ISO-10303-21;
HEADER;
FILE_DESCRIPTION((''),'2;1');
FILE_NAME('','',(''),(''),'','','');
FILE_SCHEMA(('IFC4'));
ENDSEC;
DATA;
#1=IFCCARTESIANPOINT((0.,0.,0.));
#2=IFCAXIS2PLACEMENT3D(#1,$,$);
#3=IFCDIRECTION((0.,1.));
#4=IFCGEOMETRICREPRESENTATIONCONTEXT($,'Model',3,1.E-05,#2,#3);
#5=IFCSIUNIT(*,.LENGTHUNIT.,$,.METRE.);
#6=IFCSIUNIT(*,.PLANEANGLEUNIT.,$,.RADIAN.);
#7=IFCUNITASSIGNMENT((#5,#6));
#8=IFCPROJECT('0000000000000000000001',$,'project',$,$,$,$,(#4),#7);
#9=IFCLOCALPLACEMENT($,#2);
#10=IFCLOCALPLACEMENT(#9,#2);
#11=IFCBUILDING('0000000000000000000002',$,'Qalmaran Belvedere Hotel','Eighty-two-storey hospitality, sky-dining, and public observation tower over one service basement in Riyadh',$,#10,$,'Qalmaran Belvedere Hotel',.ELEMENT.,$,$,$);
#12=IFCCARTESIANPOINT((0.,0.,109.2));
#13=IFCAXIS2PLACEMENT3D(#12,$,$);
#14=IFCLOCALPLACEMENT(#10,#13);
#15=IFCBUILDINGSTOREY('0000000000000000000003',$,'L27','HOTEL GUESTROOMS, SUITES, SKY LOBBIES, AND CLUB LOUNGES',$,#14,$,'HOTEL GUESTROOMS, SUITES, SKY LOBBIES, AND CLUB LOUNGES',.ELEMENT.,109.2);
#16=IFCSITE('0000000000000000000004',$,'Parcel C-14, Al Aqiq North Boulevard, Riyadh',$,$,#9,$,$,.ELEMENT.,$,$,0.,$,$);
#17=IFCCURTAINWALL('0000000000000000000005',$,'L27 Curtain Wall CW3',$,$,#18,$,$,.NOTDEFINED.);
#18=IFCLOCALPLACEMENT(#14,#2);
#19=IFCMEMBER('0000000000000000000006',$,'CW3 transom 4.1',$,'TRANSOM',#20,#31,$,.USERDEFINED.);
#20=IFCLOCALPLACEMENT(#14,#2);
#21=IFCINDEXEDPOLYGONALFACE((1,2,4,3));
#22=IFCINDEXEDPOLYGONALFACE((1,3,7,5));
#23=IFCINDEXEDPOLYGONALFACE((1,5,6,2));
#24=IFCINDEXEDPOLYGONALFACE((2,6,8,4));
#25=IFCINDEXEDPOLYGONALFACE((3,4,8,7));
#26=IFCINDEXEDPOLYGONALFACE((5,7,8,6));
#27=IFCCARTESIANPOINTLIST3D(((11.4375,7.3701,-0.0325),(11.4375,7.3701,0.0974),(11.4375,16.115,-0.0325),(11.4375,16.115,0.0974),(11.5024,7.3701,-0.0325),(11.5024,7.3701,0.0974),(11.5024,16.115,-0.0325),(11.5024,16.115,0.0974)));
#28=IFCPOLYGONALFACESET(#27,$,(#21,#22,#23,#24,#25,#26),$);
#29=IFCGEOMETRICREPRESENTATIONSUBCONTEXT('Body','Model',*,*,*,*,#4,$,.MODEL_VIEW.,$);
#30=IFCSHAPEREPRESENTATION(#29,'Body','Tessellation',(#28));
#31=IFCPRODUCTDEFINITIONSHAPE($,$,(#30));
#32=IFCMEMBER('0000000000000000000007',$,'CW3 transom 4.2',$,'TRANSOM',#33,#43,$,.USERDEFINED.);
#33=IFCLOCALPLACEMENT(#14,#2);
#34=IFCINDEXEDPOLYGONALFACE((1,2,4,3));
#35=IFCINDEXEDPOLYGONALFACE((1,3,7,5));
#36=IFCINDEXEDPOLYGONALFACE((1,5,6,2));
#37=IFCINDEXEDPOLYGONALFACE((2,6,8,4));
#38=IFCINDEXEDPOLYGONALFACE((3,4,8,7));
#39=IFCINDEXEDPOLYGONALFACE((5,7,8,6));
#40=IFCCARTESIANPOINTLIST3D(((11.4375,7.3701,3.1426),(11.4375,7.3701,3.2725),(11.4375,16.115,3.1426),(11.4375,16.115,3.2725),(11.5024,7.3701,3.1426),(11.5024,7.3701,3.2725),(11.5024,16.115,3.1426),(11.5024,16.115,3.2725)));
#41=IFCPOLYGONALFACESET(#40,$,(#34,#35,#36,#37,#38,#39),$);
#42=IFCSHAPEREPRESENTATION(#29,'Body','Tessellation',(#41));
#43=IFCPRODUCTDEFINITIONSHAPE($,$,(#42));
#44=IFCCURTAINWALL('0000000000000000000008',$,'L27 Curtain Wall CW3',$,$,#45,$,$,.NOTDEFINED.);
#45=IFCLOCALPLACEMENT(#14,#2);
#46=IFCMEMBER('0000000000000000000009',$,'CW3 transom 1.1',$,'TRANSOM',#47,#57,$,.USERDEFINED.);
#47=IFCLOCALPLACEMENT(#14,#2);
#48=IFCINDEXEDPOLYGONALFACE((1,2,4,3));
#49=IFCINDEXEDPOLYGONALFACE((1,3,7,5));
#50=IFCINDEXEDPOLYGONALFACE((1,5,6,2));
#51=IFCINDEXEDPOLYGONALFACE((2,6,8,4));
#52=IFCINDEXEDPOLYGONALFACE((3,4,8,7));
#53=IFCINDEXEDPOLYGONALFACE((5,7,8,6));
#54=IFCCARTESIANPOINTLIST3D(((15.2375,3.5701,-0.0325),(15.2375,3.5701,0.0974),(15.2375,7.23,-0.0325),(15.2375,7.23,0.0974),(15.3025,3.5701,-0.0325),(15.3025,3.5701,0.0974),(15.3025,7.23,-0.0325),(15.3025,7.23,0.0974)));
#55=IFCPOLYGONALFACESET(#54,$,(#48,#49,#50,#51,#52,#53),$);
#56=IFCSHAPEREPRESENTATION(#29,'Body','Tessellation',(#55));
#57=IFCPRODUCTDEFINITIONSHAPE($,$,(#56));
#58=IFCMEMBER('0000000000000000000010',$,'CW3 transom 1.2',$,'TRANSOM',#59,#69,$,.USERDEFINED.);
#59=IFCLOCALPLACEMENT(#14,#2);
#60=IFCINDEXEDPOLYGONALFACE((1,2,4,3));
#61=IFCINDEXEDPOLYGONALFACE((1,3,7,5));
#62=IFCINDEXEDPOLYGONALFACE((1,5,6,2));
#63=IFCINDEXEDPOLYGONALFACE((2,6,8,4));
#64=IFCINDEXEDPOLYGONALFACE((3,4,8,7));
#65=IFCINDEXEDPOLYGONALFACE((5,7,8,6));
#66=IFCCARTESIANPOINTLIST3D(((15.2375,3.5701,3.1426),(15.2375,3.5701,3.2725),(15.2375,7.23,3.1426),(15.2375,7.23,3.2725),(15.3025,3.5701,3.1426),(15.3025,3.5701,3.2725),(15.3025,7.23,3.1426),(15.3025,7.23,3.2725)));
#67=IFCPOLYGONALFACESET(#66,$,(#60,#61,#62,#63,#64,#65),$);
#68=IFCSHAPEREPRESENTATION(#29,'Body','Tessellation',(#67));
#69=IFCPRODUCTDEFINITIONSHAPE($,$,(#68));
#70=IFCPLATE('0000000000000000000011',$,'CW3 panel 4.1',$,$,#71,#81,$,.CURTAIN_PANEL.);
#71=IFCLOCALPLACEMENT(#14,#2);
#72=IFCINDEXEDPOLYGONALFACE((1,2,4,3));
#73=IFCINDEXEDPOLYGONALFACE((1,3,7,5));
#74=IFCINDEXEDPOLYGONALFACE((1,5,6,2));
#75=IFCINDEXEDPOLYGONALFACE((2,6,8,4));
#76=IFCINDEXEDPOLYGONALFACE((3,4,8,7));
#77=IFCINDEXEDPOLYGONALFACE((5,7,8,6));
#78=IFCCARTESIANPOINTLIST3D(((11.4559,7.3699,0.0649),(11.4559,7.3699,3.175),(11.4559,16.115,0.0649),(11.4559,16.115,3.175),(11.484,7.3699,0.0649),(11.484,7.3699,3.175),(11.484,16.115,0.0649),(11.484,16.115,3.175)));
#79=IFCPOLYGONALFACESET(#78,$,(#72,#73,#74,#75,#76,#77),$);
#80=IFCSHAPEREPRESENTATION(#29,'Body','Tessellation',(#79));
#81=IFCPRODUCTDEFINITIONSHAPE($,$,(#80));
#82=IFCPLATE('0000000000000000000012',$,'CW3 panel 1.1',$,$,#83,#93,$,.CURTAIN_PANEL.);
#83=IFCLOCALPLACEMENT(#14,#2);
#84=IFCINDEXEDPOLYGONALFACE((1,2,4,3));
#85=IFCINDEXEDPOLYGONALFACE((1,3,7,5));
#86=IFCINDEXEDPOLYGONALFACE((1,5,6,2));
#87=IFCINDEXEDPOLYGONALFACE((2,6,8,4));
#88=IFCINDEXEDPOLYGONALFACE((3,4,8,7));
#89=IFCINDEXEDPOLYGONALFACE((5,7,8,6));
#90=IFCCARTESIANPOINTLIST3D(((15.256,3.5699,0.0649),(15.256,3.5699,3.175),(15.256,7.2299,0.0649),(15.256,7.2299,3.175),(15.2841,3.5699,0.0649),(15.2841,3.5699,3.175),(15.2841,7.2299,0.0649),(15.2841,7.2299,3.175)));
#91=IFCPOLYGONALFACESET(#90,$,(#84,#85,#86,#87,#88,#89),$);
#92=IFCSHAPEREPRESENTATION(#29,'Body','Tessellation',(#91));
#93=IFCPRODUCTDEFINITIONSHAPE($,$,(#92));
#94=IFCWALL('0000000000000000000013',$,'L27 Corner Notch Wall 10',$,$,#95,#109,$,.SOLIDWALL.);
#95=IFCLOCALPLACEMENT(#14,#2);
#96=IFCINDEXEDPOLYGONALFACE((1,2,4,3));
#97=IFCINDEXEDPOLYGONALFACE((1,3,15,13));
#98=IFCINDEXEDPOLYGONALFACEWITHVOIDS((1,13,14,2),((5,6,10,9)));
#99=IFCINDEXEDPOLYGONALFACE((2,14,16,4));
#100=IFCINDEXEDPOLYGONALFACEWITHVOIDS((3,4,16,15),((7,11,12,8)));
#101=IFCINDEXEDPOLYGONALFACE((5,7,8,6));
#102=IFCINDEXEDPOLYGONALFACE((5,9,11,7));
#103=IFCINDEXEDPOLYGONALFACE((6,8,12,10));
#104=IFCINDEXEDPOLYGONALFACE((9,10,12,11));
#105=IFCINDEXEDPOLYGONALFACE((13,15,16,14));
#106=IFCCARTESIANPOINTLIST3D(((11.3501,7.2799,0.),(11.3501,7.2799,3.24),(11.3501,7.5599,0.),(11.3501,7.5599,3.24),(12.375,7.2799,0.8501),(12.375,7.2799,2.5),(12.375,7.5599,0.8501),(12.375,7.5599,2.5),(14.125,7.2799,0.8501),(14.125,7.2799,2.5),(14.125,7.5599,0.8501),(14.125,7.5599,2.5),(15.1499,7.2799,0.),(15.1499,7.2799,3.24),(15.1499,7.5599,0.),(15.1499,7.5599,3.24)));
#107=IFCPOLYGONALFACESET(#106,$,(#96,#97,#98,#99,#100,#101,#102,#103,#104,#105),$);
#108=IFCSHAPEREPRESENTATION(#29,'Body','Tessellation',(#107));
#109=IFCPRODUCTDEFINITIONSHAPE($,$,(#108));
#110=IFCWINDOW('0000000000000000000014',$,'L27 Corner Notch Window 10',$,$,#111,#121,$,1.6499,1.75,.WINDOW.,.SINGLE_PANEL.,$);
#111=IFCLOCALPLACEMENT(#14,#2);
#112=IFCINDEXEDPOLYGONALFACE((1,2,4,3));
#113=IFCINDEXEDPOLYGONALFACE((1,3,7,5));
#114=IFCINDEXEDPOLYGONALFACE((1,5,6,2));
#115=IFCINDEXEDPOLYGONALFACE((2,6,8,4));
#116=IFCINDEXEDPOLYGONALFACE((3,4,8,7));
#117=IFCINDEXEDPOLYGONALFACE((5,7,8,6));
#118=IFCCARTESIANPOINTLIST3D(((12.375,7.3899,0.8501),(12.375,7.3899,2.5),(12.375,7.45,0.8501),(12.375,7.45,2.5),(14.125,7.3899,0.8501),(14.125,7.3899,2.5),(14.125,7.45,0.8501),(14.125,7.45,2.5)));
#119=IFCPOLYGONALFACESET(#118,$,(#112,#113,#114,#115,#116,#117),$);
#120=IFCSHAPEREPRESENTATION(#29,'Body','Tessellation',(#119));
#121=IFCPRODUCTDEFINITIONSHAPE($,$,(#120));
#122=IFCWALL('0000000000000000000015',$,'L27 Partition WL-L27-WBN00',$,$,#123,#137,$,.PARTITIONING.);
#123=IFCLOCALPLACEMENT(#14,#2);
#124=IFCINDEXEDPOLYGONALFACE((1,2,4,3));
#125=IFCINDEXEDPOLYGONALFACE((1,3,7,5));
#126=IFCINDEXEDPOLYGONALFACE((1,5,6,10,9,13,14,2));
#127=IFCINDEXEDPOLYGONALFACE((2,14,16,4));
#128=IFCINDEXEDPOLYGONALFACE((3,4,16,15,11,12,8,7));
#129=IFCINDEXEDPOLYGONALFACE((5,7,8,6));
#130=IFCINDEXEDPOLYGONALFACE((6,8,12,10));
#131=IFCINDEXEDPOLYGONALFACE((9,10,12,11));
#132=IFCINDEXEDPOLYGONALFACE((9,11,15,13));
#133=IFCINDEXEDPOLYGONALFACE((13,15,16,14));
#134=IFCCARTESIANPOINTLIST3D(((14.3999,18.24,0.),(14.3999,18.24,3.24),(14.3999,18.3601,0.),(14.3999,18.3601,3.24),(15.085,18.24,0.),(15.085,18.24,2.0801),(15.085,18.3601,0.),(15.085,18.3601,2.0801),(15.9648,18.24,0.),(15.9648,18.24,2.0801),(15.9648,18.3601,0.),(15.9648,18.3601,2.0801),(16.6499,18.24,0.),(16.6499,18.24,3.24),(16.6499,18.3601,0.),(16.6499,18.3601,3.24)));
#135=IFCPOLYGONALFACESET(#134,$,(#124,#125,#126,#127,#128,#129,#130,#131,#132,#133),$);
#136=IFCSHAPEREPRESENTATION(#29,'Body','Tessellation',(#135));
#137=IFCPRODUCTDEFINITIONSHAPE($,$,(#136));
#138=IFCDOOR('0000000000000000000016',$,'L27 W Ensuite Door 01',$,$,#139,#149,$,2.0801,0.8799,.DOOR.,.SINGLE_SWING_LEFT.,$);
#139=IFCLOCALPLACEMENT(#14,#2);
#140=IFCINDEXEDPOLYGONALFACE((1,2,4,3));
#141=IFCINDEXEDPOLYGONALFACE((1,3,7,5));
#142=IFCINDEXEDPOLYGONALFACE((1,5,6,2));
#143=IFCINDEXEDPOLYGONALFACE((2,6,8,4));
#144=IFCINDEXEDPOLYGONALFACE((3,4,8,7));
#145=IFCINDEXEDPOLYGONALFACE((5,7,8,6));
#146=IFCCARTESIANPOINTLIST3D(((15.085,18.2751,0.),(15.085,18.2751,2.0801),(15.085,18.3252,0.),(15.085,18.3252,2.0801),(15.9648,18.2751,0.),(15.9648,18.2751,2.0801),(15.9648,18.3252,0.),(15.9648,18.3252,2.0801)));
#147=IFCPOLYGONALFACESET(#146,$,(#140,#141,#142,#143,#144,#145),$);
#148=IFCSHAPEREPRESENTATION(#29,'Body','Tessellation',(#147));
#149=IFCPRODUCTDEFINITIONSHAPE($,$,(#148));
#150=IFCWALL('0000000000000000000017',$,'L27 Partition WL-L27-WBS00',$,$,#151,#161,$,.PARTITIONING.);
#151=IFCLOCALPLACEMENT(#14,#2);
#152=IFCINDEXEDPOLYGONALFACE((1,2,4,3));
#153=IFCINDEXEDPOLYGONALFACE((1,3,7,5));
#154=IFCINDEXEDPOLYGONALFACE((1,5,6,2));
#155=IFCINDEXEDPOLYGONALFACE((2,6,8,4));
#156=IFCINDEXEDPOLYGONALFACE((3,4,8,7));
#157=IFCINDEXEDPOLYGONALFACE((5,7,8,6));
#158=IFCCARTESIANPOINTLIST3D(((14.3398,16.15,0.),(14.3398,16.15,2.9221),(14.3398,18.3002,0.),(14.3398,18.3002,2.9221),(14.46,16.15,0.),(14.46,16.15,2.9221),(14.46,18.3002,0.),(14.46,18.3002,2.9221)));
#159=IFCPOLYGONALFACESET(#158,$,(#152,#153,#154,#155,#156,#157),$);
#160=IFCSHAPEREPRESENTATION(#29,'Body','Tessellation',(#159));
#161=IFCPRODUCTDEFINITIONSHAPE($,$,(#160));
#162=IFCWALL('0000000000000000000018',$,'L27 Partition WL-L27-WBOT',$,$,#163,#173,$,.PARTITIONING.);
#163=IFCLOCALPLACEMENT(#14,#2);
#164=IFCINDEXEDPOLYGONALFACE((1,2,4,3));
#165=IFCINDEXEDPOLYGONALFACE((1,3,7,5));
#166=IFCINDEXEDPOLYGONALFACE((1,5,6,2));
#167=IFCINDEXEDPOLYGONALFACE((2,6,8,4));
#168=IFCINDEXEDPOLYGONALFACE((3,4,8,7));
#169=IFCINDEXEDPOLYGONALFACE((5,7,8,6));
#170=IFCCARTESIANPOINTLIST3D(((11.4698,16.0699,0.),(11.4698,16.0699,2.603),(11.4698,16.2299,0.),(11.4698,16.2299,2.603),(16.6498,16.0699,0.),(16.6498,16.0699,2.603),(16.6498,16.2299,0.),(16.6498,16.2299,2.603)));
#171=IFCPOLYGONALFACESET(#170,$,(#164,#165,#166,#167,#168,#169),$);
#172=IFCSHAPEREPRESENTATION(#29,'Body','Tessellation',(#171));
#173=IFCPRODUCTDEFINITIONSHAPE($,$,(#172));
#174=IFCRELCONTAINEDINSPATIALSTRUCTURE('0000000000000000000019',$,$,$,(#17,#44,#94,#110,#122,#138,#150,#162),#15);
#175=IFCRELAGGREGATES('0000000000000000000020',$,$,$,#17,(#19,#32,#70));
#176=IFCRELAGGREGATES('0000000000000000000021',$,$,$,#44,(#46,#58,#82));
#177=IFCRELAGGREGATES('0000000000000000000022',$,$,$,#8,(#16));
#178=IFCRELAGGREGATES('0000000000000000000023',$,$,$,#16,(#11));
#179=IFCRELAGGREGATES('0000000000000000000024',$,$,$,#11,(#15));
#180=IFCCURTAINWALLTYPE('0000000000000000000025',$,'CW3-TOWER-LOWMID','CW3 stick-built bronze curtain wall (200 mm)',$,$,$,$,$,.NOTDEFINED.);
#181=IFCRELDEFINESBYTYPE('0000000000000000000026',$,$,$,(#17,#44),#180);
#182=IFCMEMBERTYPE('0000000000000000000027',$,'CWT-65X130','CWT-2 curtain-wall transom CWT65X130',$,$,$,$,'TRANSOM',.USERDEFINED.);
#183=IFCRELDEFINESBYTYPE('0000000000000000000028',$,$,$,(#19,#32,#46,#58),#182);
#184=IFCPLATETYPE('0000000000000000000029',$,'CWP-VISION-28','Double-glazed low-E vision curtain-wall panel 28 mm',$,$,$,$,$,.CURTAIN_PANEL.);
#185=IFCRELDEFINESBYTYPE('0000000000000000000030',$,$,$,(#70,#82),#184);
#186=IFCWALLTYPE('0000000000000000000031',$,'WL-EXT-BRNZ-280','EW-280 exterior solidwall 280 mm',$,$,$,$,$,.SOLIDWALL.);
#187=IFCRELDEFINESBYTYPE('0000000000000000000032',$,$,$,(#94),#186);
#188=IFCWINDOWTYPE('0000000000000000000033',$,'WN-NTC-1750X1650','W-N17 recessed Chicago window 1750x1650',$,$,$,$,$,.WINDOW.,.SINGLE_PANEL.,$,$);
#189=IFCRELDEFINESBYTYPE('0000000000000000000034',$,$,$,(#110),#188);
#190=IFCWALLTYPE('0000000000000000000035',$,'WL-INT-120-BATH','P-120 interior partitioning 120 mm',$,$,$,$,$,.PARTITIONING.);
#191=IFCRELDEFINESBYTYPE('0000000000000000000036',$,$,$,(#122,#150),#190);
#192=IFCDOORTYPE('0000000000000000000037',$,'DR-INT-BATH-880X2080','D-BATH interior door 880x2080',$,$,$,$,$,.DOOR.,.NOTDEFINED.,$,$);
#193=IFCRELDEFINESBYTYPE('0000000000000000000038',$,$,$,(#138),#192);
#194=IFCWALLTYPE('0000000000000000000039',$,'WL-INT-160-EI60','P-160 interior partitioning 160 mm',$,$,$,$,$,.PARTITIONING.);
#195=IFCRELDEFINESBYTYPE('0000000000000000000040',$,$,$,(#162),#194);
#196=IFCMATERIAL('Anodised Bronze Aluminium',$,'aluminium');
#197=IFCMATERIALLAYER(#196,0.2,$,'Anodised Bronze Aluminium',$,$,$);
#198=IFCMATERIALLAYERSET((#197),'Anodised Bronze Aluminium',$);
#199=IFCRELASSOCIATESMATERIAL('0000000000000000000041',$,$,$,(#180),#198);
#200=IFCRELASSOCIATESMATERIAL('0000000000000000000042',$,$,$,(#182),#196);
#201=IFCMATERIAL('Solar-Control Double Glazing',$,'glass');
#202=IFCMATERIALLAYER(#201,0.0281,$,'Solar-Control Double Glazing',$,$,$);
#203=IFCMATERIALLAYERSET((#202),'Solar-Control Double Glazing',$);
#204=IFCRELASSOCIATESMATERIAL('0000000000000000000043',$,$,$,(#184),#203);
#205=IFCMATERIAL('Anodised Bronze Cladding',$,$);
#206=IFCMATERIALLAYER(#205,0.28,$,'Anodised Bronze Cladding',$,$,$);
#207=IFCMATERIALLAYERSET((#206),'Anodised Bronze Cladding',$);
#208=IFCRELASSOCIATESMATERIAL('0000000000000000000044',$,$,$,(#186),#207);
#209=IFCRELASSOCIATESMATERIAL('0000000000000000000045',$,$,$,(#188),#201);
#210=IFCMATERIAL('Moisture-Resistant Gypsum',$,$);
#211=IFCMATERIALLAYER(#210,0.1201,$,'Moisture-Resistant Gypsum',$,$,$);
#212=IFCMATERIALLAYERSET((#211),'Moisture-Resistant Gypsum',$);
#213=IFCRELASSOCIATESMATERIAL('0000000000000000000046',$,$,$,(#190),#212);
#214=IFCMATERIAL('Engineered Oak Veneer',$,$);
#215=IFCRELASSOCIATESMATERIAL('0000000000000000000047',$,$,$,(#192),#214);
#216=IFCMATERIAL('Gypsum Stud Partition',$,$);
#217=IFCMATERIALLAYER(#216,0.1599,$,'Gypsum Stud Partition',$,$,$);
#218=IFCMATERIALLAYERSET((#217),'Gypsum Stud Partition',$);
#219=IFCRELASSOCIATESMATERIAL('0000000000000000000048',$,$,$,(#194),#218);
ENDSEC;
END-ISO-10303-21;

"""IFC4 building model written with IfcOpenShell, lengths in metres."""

from ifc_helpers import new_model, si_unit, direction, frame, frame_2d, origin, origin_2d, place, context, subcontext, project, spatial, rectangle, extrude, material, layer, layer_set, material_profile, profile_set, type_object, element, fill, aggregate, save


model = new_model("IFC4")

# Units and contexts
model_context = context("Model", 3, precision=1e-05, world=origin(), true_north=direction((0.0, 1.0)))
body_context = subcontext(model_context, "Body", "Model", "MODEL_VIEW")
ifc_project = project(units=[si_unit("LENGTHUNIT", "METRE"), si_unit("PLANEANGLEUNIT", "RADIAN")], contexts=[model_context])

# Site, building, storey
site_placement = place(None, origin())
site = spatial("IfcSite", under=ifc_project, at=site_placement, Name="Parcel C-14, Al Aqiq North Boulevard, Riyadh", CompositionType="ELEMENT", RefElevation=0.0)
building_placement = place(site_placement, origin())
building = spatial("IfcBuilding", under=site, at=building_placement, Name="Qalmaran Belvedere Hotel", Description="Eighty-two-storey hospitality, sky-dining, and public observation tower over one service basement in Riyadh", LongName="Qalmaran Belvedere Hotel", CompositionType="ELEMENT")
storey_placement = place(building_placement, frame((0.0, 0.0, 109.2)))
storey = spatial("IfcBuildingStorey", under=building, at=storey_placement, Name="L27", Description="HOTEL GUESTROOMS, SUITES, SKY LOBBIES, AND CLUB LOUNGES", LongName="HOTEL GUESTROOMS, SUITES, SKY LOBBIES, AND CLUB LOUNGES", CompositionType="ELEMENT", Elevation=109.2)

# Curtain wall
ifc_material_1 = material(Name="Anodised Bronze Aluminium", Category="aluminium")
ifc_layer_1 = layer(ifc_material_1, 0.2, Name="Anodised Bronze Aluminium")
ifc_layer_set_1 = layer_set([ifc_layer_1], Name="Anodised Bronze Aluminium")
curtain_wall_type = type_object("IfcCurtainWallType", Name="CW3-TOWER-LOWMID", Description="CW3 stick-built bronze curtain wall (200 mm)", PredefinedType="NOTDEFINED", material=ifc_layer_set_1)
curtain_wall_1_placement = place(storey_placement, origin())
curtain_wall_1 = element("IfcCurtainWall", 1, at=curtain_wall_1_placement, inside=storey, type_object=curtain_wall_type, Name="L27 Curtain Wall CW3", PredefinedType="NOTDEFINED")

# Shared definitions
ifc_material_profile_1 = material_profile(ifc_material_1, rectangle(XDim=0.0649, YDim=0.1299, at=origin_2d()), Name="CWT65X130")
ifc_profile_set_1 = profile_set([ifc_material_profile_1], Name="Anodised Bronze Aluminium")
member_type_1 = type_object("IfcMemberType", Name="CWT-65X130", Description="CWT-2 curtain-wall transom CWT65X130", ElementType="TRANSOM", PredefinedType="USERDEFINED", material=ifc_profile_set_1)

# Members
member_1_placement = place(storey_placement, frame((11.47, 16.115, 0.0325), z_axis=(0.0, -1.0, 0.0), x_axis=(1.0, 0.0, 0.0)))
member_1 = element("IfcMember", 2, at=member_1_placement, type_object=member_type_1, Name="CW3 transom 4.1", ObjectType="TRANSOM", PredefinedType="USERDEFINED", context=body_context, shape_type="SweptSolid", body=[
    extrude(rectangle(XDim=0.0649, YDim=0.1299, at=origin_2d()), origin(), (0.0, 0.0, 1.0), 8.7449),
])
member_2_placement = place(storey_placement, frame((11.47, 16.115, 3.2075), z_axis=(0.0, -1.0, 0.0), x_axis=(1.0, 0.0, 0.0)))
member_2 = element("IfcMember", 3, at=member_2_placement, type_object=member_type_1, Name="CW3 transom 4.2", ObjectType="TRANSOM", PredefinedType="USERDEFINED", context=body_context, shape_type="SweptSolid", body=[
    extrude(rectangle(XDim=0.0649, YDim=0.1299, at=origin_2d()), origin(), (0.0, 0.0, 1.0), 8.7449),
])

# Curtain wall, members
curtain_wall_2_placement = place(storey_placement, origin())
curtain_wall_2 = element("IfcCurtainWall", 4, at=curtain_wall_2_placement, inside=storey, type_object=curtain_wall_type, Name="L27 Curtain Wall CW3", PredefinedType="NOTDEFINED")
member_3_placement = place(storey_placement, frame((15.27, 7.23, 0.0325), z_axis=(0.0, -1.0, 0.0), x_axis=(1.0, 0.0, 0.0)))
member_3 = element("IfcMember", 5, at=member_3_placement, type_object=member_type_1, Name="CW3 transom 1.1", ObjectType="TRANSOM", PredefinedType="USERDEFINED", context=body_context, shape_type="SweptSolid", body=[
    extrude(rectangle(XDim=0.0649, YDim=0.1299, at=origin_2d()), origin(), (0.0, 0.0, 1.0), 3.6599),
])
member_4_placement = place(storey_placement, frame((15.27, 7.23, 3.2075), z_axis=(0.0, -1.0, 0.0), x_axis=(1.0, 0.0, 0.0)))
member_4 = element("IfcMember", 6, at=member_4_placement, type_object=member_type_1, Name="CW3 transom 1.2", ObjectType="TRANSOM", PredefinedType="USERDEFINED", context=body_context, shape_type="SweptSolid", body=[
    extrude(rectangle(XDim=0.0649, YDim=0.1299, at=origin_2d()), origin(), (0.0, 0.0, 1.0), 3.6599),
])

# Plates
ifc_material_2 = material(Name="Solar-Control Double Glazing", Category="glass")
ifc_layer_2 = layer(ifc_material_2, 0.0281, Name="Solar-Control Double Glazing")
ifc_layer_set_2 = layer_set([ifc_layer_2], Name="Solar-Control Double Glazing")
plate_type = type_object("IfcPlateType", Name="CWP-VISION-28", Description="Double-glazed low-E vision curtain-wall panel 28 mm", PredefinedType="CURTAIN_PANEL", material=ifc_layer_set_2)
plate_1_placement = place(storey_placement, frame((11.47, 11.7424, 0.0649), z_axis=(0.0, 0.0, 1.0), x_axis=(0.0, -1.0, 0.0)))
plate_1 = element("IfcPlate", 7, at=plate_1_placement, type_object=plate_type, Name="CW3 panel 4.1", PredefinedType="CURTAIN_PANEL", context=body_context, shape_type="SweptSolid", body=[
    extrude(rectangle(XDim=8.7451, YDim=0.0281, at=origin_2d()), origin(), (0.0, 0.0, 1.0), 3.1101),
])
aggregate(curtain_wall_1, [member_1, member_2, plate_1])
plate_2_placement = place(storey_placement, frame((15.27, 5.3999, 0.0649), z_axis=(0.0, 0.0, 1.0), x_axis=(0.0, -1.0, 0.0)))
plate_2 = element("IfcPlate", 8, at=plate_2_placement, type_object=plate_type, Name="CW3 panel 1.1", PredefinedType="CURTAIN_PANEL", context=body_context, shape_type="SweptSolid", body=[
    extrude(rectangle(XDim=3.6599, YDim=0.0281, at=origin_2d()), origin(), (0.0, 0.0, 1.0), 3.1101),
])
aggregate(curtain_wall_2, [member_3, member_4, plate_2])

# Wall, opening, window
ifc_material_3 = material(Name="Anodised Bronze Cladding")
ifc_layer_3 = layer(ifc_material_3, 0.28, Name="Anodised Bronze Cladding")
ifc_layer_set_3 = layer_set([ifc_layer_3], Name="Anodised Bronze Cladding")
wall_type_1 = type_object("IfcWallType", Name="WL-EXT-BRNZ-280", Description="EW-280 exterior solidwall 280 mm", PredefinedType="SOLIDWALL", material=ifc_layer_set_3)
wall_1_placement = place(storey_placement, frame((11.3501, 7.4199, 0.0), z_axis=(0.0, 0.0, 1.0), x_axis=(1.0, 0.0, 0.0)))
wall_1 = element("IfcWall", 9, at=wall_1_placement, inside=storey, type_object=wall_type_1, Name="L27 Corner Notch Wall 10", PredefinedType="SOLIDWALL", context=body_context, shape_type="SweptSolid", body=[
    extrude(rectangle(XDim=3.7998, YDim=0.28, at=frame_2d((1.8999, 0.0))), origin(), (0.0, 0.0, 1.0), 3.24),
])
opening_1_placement = place(wall_1_placement, frame((1.0249, 0.0, 0.8501)))
opening_1 = element("IfcOpeningElement", 10, at=opening_1_placement, cuts=wall_1, PredefinedType="OPENING", context=body_context, shape_type="SweptSolid", body=[
    extrude(rectangle(XDim=1.75, YDim=1.6499, at=frame_2d((0.875, 0.825))), frame((0.0, 0.1499, 0.0), z_axis=(0.0, -1.0, 0.0), x_axis=(1.0, 0.0, 0.0)), (0.0, 0.0, 1.0), 0.3),
])
window_type = type_object("IfcWindowType", Name="WN-NTC-1750X1650", Description="W-N17 recessed Chicago window 1750x1650", PartitioningType="SINGLE_PANEL", PredefinedType="WINDOW", material=ifc_material_2)
window_placement = place(opening_1_placement, origin())
window = element("IfcWindow", 11, at=window_placement, inside=storey, type_object=window_type, Name="L27 Corner Notch Window 10", OverallHeight=1.6499, OverallWidth=1.75, PartitioningType="SINGLE_PANEL", PredefinedType="WINDOW", context=body_context, shape_type="SweptSolid", body=[
    extrude(rectangle(XDim=1.75, YDim=1.6499, at=frame_2d((0.875, 0.825))), frame((0.0, 0.03, 0.0), z_axis=(0.0, -1.0, 0.0), x_axis=(1.0, 0.0, 0.0)), (0.0, 0.0, 1.0), 0.0601),
])
fill(opening_1, window)

# Wall, opening, door
ifc_material_4 = material(Name="Moisture-Resistant Gypsum")
ifc_layer_4 = layer(ifc_material_4, 0.1201, Name="Moisture-Resistant Gypsum")
ifc_layer_set_4 = layer_set([ifc_layer_4], Name="Moisture-Resistant Gypsum")
wall_type_2 = type_object("IfcWallType", Name="WL-INT-120-BATH", Description="P-120 interior partitioning 120 mm", PredefinedType="PARTITIONING", material=ifc_layer_set_4)
wall_2_placement = place(storey_placement, frame((14.3999, 18.3, 0.0), z_axis=(0.0, 0.0, 1.0), x_axis=(1.0, 0.0, 0.0)))
wall_2 = element("IfcWall", 12, at=wall_2_placement, inside=storey, type_object=wall_type_2, Name="L27 Partition WL-L27-WBN00", PredefinedType="PARTITIONING", context=body_context, shape_type="SweptSolid", body=[
    extrude(rectangle(XDim=2.25, YDim=0.1201, at=frame_2d((1.125, 0.0))), origin(), (0.0, 0.0, 1.0), 3.24),
])
opening_2_placement = place(wall_2_placement, frame((1.5649, 0.0, 0.0), z_axis=(0.0, 0.0, 1.0), x_axis=(-1.0, 0.0, 0.0)))
opening_2 = element("IfcOpeningElement", 13, at=opening_2_placement, cuts=wall_2, PredefinedType="OPENING", context=body_context, shape_type="SweptSolid", body=[
    extrude(rectangle(XDim=0.8799, YDim=2.0801, at=frame_2d((0.4399, 1.04))), frame((0.0, 0.0701, 0.0), z_axis=(0.0, -1.0, 0.0), x_axis=(1.0, 0.0, 0.0)), (0.0, 0.0, 1.0), 0.1401),
])
ifc_material_5 = material(Name="Engineered Oak Veneer")
door_type = type_object("IfcDoorType", Name="DR-INT-BATH-880X2080", Description="D-BATH interior door 880x2080", OperationType="NOTDEFINED", PredefinedType="DOOR", material=ifc_material_5)
door_placement = place(opening_2_placement, origin())
door = element("IfcDoor", 14, at=door_placement, inside=storey, type_object=door_type, Name="L27 W Ensuite Door 01", OperationType="SINGLE_SWING_LEFT", OverallHeight=2.0801, OverallWidth=0.8799, PredefinedType="DOOR", context=body_context, shape_type="SweptSolid", body=[
    extrude(rectangle(XDim=0.8799, YDim=2.0801, at=frame_2d((0.4399, 1.04))), frame((0.0, 0.0249, 0.0), z_axis=(0.0, -1.0, 0.0), x_axis=(1.0, 0.0, 0.0)), (0.0, 0.0, 1.0), 0.05),
])
fill(opening_2, door)

# Walls
wall_3_placement = place(storey_placement, frame((14.3999, 16.1499, 0.0), z_axis=(0.0, 0.0, 1.0), x_axis=(0.0, 1.0, 0.0)))
element("IfcWall", 15, at=wall_3_placement, inside=storey, type_object=wall_type_2, Name="L27 Partition WL-L27-WBS00", PredefinedType="PARTITIONING", context=body_context, shape_type="SweptSolid", body=[
    extrude(rectangle(XDim=2.1501, YDim=0.1201, at=frame_2d((1.0752, 0.0))), origin(), (0.0, 0.0, 1.0), 2.9221),
])
ifc_material_6 = material(Name="Gypsum Stud Partition")
ifc_layer_5 = layer(ifc_material_6, 0.1599, Name="Gypsum Stud Partition")
ifc_layer_set_5 = layer_set([ifc_layer_5], Name="Gypsum Stud Partition")
wall_type_3 = type_object("IfcWallType", Name="WL-INT-160-EI60", Description="P-160 interior partitioning 160 mm", PredefinedType="PARTITIONING", material=ifc_layer_set_5)
wall_4_placement = place(storey_placement, frame((11.47, 16.1499, 0.0), z_axis=(0.0, 0.0, 1.0), x_axis=(1.0, 0.0, 0.0)))
element("IfcWall", 16, at=wall_4_placement, inside=storey, type_object=wall_type_3, Name="L27 Partition WL-L27-WBOT", PredefinedType="PARTITIONING", context=body_context, shape_type="SweptSolid", body=[
    extrude(rectangle(XDim=5.1799, YDim=0.1599, at=frame_2d((2.5898, 0.0))), origin(), (0.0, 0.0, 1.0), 2.603),
])

save(model, "model.ifc")
